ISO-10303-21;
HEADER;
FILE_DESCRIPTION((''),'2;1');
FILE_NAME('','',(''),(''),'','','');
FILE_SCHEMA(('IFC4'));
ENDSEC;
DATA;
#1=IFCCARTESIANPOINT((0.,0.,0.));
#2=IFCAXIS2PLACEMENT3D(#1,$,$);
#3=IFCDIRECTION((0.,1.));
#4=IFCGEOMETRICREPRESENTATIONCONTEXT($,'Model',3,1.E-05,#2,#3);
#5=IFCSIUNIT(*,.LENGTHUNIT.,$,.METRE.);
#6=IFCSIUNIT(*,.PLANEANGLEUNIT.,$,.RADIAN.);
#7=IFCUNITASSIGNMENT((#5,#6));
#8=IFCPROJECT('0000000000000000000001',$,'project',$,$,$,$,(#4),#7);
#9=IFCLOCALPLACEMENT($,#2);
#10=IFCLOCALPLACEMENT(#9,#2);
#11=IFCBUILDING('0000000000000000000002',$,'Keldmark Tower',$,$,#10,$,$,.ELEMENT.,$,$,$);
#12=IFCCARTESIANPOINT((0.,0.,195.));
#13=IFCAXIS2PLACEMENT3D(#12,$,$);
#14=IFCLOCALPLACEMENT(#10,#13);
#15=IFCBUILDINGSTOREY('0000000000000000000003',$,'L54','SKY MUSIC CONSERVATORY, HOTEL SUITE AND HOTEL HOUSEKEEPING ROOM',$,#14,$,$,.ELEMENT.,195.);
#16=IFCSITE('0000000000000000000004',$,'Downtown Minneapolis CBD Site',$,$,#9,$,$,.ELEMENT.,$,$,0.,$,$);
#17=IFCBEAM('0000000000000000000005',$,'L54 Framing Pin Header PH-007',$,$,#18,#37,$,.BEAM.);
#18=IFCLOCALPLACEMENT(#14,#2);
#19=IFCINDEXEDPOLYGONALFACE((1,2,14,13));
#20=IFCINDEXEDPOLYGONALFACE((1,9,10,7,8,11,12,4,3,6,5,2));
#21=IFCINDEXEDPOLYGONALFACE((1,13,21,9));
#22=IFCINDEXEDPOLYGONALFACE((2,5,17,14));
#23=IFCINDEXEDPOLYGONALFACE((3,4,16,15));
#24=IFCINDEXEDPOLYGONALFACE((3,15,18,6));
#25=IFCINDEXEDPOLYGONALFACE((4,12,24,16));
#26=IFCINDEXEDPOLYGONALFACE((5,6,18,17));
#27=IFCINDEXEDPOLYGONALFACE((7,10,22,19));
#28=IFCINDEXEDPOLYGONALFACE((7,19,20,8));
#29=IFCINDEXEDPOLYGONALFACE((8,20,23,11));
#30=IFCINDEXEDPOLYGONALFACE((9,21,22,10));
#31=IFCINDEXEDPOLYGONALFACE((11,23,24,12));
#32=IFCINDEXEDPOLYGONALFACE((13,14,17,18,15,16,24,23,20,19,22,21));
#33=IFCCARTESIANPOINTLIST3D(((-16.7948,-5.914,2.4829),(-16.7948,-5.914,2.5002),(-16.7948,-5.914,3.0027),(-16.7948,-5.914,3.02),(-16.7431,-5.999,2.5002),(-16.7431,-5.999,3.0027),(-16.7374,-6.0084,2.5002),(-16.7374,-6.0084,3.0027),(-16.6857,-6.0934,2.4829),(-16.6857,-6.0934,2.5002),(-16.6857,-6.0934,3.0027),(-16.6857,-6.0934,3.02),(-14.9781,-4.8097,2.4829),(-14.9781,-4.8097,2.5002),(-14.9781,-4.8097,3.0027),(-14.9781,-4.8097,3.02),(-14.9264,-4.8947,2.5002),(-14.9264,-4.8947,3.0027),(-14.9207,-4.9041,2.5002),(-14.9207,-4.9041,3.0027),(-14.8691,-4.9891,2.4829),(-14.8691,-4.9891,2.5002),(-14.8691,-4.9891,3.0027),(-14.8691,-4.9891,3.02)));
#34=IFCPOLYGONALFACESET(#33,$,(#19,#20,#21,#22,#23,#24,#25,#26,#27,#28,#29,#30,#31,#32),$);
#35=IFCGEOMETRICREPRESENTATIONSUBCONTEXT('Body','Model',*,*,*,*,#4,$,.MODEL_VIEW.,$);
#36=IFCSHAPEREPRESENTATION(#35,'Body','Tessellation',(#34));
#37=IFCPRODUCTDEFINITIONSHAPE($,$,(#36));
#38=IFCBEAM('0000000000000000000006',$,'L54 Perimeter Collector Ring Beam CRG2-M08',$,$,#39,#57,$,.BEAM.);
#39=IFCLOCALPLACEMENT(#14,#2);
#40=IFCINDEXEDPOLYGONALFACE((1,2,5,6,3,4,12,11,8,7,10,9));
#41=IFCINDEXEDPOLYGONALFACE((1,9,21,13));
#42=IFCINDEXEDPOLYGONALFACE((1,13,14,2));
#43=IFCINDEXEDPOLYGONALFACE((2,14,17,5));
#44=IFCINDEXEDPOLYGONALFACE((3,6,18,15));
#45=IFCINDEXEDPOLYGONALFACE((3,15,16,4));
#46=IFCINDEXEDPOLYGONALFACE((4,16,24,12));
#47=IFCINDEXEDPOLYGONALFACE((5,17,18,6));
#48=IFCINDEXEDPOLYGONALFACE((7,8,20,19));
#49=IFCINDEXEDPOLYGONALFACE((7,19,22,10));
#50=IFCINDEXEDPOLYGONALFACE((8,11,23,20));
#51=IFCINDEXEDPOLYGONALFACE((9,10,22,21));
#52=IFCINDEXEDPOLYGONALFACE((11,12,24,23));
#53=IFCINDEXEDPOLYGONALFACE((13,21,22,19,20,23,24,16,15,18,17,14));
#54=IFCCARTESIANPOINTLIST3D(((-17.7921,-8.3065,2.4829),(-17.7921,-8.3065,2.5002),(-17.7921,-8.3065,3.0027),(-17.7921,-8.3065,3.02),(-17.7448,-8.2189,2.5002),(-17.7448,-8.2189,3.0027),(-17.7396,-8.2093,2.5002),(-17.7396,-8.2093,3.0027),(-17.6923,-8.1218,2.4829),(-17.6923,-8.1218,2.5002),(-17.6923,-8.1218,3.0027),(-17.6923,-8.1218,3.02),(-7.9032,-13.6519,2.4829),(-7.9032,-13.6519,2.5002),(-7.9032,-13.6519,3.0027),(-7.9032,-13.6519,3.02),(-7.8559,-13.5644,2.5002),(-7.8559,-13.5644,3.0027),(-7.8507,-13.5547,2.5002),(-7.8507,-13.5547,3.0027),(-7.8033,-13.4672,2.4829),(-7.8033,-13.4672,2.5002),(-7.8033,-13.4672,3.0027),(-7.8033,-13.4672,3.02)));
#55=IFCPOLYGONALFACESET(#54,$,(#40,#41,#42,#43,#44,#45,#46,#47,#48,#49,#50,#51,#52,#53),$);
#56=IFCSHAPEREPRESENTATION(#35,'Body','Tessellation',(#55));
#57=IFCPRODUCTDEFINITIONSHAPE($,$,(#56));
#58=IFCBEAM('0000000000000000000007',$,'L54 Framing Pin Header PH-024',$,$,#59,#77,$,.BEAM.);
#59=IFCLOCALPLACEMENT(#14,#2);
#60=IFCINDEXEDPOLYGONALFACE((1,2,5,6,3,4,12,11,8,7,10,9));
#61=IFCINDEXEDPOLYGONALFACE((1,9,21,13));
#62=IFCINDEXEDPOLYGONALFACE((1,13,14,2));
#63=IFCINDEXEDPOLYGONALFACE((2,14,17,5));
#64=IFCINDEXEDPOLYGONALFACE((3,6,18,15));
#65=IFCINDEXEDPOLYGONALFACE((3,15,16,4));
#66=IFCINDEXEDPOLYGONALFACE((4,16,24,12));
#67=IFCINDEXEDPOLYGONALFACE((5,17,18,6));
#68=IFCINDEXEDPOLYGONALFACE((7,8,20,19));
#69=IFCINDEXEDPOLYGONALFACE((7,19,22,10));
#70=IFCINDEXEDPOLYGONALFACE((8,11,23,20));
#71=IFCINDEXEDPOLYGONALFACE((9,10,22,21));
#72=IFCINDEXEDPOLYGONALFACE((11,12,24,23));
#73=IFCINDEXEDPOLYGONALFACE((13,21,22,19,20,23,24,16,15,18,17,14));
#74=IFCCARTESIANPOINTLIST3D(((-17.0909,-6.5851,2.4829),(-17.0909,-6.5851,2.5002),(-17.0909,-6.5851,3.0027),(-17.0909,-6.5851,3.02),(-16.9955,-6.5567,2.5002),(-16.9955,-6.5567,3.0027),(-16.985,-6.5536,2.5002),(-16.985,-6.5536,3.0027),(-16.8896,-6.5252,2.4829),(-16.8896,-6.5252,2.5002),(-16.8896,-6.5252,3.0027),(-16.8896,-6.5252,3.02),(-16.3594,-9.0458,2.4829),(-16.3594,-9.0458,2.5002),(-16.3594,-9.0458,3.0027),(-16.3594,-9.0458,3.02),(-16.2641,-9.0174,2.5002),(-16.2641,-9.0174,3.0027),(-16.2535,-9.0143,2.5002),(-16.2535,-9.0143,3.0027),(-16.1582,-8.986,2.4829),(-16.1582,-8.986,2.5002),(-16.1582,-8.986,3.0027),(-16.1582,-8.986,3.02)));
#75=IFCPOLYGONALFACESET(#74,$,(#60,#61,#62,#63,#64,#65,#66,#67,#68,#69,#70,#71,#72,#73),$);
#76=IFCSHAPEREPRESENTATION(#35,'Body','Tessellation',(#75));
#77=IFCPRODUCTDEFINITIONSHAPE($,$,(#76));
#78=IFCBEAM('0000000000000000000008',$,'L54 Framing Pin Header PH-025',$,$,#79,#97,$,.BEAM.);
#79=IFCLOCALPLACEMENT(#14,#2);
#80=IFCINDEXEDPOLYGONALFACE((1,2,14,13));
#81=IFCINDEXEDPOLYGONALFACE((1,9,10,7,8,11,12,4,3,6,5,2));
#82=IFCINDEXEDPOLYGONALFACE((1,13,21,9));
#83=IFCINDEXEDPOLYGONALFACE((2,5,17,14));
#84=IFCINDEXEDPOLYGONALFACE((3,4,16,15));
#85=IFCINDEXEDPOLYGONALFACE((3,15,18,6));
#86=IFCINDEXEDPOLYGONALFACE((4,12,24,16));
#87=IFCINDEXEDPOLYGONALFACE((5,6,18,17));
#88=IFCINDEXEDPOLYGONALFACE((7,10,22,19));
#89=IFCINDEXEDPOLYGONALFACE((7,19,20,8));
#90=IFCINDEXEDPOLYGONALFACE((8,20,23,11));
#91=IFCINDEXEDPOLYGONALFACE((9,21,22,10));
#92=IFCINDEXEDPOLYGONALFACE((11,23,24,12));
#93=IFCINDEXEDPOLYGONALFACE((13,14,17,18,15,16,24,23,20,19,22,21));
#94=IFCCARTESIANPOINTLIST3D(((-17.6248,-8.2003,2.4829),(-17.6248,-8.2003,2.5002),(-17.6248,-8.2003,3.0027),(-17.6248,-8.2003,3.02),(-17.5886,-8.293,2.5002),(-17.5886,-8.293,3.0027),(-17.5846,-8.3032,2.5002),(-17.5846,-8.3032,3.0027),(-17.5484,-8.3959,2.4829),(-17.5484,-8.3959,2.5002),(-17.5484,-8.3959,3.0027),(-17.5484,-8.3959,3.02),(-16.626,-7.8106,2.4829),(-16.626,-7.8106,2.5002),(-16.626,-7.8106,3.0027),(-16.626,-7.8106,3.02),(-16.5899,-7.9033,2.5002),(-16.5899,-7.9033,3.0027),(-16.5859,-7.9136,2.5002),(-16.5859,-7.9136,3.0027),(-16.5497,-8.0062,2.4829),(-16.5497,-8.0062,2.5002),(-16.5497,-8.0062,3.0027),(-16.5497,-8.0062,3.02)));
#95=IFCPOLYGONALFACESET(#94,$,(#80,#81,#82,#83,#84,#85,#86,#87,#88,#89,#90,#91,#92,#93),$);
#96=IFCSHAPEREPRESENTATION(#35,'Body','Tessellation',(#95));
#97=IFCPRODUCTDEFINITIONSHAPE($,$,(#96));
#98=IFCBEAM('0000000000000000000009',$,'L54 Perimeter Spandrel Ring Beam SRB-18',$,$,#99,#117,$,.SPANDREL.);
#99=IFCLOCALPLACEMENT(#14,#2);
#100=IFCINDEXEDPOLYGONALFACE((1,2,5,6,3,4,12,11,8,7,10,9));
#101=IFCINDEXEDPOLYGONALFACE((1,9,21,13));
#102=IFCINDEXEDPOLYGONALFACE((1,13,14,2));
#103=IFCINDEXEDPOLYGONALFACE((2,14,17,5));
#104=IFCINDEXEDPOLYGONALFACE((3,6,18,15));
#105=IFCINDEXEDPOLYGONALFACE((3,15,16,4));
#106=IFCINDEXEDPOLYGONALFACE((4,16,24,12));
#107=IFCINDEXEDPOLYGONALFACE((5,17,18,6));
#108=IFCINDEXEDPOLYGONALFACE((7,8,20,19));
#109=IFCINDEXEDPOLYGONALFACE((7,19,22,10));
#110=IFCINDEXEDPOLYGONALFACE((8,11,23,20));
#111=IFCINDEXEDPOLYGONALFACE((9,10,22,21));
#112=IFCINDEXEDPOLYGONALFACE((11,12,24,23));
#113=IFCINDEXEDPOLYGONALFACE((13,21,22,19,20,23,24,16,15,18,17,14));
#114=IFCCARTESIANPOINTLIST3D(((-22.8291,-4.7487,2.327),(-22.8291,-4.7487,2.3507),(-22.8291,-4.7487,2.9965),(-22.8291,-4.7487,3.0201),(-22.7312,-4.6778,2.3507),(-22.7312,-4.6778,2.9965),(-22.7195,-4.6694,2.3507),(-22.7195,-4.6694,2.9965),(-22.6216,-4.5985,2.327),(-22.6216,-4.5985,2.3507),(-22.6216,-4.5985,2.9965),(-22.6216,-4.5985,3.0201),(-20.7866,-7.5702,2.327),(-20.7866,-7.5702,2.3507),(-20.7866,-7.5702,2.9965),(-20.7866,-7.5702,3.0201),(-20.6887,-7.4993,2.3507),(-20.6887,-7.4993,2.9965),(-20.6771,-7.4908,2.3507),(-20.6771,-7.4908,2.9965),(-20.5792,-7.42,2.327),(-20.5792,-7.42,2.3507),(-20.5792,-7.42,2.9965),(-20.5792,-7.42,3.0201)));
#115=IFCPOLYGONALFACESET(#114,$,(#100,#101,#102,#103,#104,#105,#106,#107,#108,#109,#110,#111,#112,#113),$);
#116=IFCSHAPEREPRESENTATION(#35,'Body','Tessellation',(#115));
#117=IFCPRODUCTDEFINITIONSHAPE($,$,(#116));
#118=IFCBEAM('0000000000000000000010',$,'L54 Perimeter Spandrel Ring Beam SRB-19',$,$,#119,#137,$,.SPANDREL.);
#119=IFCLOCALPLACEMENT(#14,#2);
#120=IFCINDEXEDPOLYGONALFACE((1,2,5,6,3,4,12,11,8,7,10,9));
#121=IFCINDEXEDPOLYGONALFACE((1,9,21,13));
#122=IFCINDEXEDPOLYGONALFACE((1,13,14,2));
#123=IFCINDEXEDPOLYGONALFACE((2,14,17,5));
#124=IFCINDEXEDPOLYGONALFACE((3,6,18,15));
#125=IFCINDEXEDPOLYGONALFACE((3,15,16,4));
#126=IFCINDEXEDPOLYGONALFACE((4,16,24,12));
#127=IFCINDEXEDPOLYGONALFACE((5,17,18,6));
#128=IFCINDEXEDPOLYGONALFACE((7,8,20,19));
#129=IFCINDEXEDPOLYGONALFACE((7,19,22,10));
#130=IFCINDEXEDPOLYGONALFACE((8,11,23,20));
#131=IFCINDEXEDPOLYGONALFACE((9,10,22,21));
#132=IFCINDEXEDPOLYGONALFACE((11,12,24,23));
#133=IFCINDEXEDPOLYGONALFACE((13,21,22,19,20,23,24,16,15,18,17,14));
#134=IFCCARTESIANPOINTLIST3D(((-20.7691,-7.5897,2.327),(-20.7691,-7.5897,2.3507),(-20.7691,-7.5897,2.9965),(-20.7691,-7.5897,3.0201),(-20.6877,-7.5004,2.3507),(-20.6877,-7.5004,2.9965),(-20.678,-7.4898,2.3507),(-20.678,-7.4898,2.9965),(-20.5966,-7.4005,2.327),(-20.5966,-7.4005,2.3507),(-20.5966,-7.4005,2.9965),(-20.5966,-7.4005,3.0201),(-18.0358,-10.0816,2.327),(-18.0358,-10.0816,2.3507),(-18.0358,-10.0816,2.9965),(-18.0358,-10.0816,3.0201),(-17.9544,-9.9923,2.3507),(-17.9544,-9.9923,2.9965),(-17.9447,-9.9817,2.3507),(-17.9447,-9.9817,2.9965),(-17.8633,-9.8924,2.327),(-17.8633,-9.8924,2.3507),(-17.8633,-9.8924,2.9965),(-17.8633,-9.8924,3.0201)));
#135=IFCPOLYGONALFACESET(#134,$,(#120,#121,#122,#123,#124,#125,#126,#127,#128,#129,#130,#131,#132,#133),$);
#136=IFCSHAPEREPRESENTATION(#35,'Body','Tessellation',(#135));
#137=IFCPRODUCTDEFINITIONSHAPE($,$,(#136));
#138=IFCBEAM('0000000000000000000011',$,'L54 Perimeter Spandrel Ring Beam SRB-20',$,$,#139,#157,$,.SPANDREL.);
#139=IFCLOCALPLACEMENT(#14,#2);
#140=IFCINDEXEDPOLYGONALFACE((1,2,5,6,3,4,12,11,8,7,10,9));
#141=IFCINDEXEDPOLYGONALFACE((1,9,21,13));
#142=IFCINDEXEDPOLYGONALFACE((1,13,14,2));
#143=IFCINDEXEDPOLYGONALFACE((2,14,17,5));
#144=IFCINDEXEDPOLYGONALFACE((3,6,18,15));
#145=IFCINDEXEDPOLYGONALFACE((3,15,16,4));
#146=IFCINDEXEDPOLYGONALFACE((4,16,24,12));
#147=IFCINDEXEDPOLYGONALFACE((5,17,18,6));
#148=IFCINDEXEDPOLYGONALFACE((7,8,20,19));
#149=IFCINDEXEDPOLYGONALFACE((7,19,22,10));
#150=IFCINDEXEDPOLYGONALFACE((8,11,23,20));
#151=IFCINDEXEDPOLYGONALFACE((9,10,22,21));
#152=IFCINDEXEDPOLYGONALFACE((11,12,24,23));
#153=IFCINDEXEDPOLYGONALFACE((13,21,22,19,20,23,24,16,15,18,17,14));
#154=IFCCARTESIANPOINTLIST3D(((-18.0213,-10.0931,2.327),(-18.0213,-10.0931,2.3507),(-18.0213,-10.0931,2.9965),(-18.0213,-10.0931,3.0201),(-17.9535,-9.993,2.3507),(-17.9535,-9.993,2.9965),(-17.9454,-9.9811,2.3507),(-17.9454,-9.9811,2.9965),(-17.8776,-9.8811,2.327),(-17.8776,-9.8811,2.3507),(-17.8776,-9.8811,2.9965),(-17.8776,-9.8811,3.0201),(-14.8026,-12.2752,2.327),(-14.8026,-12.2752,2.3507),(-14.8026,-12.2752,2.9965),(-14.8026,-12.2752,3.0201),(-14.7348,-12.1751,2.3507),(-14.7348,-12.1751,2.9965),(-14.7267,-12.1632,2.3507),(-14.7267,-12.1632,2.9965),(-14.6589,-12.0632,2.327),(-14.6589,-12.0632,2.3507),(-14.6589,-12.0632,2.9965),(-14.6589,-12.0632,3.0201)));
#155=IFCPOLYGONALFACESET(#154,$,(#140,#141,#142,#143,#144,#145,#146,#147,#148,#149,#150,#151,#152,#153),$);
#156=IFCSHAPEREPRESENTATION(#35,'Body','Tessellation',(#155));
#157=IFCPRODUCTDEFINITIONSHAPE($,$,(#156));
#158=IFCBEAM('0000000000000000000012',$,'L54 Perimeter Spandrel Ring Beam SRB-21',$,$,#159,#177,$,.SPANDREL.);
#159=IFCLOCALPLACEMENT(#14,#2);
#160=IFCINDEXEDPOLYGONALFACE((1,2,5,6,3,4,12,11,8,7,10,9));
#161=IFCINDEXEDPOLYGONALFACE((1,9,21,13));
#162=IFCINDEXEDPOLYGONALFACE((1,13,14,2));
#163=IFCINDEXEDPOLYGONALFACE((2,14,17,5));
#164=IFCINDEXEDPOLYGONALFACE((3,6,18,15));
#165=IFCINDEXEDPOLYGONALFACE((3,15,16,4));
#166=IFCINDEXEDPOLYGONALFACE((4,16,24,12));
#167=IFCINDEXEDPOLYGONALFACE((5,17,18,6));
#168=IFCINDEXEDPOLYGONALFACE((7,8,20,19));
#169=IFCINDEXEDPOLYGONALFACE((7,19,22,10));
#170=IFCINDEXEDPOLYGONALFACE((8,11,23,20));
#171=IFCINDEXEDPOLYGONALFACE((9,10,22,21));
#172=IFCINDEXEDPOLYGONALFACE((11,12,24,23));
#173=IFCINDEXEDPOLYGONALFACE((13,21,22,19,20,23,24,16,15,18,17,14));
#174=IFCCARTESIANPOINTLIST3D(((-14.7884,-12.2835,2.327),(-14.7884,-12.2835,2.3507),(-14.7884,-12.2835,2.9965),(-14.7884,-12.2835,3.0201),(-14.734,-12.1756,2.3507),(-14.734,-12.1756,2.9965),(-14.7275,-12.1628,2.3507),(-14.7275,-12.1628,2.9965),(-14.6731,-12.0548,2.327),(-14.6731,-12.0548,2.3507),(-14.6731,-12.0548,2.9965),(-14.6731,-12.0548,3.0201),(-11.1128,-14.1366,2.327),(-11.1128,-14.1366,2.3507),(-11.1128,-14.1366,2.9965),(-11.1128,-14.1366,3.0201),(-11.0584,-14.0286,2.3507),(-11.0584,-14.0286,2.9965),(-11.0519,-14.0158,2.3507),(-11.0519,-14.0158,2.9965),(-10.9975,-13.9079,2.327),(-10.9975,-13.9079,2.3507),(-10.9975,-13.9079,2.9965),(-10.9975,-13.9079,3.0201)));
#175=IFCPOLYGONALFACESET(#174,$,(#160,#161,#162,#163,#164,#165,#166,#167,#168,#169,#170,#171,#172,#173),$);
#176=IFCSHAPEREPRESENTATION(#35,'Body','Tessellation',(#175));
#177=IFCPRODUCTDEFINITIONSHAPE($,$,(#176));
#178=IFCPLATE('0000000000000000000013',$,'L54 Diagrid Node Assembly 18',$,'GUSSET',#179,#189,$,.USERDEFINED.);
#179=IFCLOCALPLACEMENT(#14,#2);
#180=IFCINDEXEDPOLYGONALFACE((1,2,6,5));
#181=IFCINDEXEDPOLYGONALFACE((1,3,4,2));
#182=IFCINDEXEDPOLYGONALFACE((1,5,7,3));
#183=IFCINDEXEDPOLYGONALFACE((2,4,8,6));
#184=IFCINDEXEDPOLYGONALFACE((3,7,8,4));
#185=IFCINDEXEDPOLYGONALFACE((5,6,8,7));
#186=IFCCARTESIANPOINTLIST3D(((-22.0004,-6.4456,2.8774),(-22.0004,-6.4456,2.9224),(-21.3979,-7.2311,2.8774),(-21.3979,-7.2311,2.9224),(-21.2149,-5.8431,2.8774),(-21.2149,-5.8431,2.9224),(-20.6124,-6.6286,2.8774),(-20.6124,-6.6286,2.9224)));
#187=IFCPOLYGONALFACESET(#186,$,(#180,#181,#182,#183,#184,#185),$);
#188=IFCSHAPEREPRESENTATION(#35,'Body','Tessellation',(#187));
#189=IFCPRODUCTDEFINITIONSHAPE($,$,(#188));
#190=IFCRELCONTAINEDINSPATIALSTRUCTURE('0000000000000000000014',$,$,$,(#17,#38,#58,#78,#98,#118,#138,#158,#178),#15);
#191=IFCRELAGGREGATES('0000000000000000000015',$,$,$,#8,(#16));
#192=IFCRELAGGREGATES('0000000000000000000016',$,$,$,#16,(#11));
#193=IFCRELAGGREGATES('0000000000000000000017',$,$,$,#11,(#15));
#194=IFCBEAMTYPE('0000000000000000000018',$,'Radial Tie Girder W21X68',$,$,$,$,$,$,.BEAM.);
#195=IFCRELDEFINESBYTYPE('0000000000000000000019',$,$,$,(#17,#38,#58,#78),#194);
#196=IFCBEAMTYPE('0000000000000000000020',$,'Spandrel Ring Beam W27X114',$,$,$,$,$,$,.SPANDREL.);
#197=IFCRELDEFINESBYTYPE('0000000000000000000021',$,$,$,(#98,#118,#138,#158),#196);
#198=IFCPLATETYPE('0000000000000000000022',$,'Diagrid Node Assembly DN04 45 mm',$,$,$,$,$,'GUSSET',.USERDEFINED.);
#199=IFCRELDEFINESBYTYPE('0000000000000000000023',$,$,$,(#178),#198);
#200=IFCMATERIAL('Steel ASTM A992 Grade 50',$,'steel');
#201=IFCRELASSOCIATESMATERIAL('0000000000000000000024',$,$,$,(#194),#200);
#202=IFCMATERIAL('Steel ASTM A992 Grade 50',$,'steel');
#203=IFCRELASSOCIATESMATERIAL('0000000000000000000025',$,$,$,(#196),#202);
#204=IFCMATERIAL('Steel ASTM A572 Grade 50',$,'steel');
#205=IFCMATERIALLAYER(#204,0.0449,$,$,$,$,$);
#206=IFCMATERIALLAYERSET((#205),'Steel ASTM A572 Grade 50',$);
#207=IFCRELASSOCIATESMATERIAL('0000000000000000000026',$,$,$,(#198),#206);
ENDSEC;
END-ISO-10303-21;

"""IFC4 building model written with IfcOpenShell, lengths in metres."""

from ifc_helpers import new_model, si_unit, direction, frame, origin, origin_2d, place, context, subcontext, project, spatial, rectangle, i_section, extrude, material, layer, layer_set, material_profile, profile_set, type_object, element, save


model = new_model("IFC4")

# Units and contexts
model_context = context("Model", 3, precision=1e-05, world=origin(), true_north=direction((0.0, 1.0)))
body_context = subcontext(model_context, "Body", "Model", "MODEL_VIEW")
ifc_project = project(units=[si_unit("LENGTHUNIT", "METRE"), si_unit("PLANEANGLEUNIT", "RADIAN")], contexts=[model_context])

# Site, building, storey
site_placement = place(None, origin())
site = spatial("IfcSite", under=ifc_project, at=site_placement, Name="Downtown Minneapolis CBD Site", CompositionType="ELEMENT", RefElevation=0.0)
building_placement = place(site_placement, origin())
building = spatial("IfcBuilding", under=site, at=building_placement, Name="Keldmark Tower", CompositionType="ELEMENT")
storey_placement = place(building_placement, frame((0.0, 0.0, 195.0)))
storey = spatial("IfcBuildingStorey", under=building, at=storey_placement, Name="L54", Description="SKY MUSIC CONSERVATORY, HOTEL SUITE AND HOTEL HOUSEKEEPING ROOM", CompositionType="ELEMENT", Elevation=195.0)

# Beams
ifc_material_1 = material(Name="Steel ASTM A992 Grade 50", Category="steel")
ifc_material_profile_1 = material_profile(ifc_material_1, i_section(OverallWidth=0.21, OverallDepth=0.5371, WebThickness=0.011, FlangeThickness=0.0173, at=origin_2d()), Name="W21X68")
ifc_profile_set_1 = profile_set([ifc_material_profile_1], Name="Steel ASTM A992 Grade 50")
beam_type_1 = type_object("IfcBeamType", Name="Radial Tie Girder W21X68", PredefinedType="BEAM", material=ifc_profile_set_1)
beam_1_placement = place(storey_placement, frame((-14.9236, -4.8994, 2.7515), z_axis=(-0.85452, -0.519419, 0.0), x_axis=(0.519419, -0.85452, 0.0)))
element("IfcBeam", 1, at=beam_1_placement, inside=storey, type_object=beam_type_1, Name="L54 Framing Pin Header PH-007", PredefinedType="BEAM", context=body_context, shape_type="SweptSolid", body=[
    extrude(i_section(OverallWidth=0.21, OverallDepth=0.5371, WebThickness=0.011, FlangeThickness=0.0173, at=origin_2d()), origin(), (0.0, 0.0, 1.0), 2.126),
])
beam_2_placement = place(storey_placement, frame((-17.7422, -8.2141, 2.7515), z_axis=(0.879703, -0.475524, 0.0), x_axis=(0.475524, 0.879703, 0.0)))
element("IfcBeam", 2, at=beam_2_placement, inside=storey, type_object=beam_type_1, Name="L54 Perimeter Collector Ring Beam CRG2-M08", PredefinedType="BEAM", context=body_context, shape_type="SweptSolid", body=[
    extrude(i_section(OverallWidth=0.21, OverallDepth=0.5371, WebThickness=0.011, FlangeThickness=0.0173, at=origin_2d()), origin(), (0.0, 0.0, 1.0), 11.2412),
])
beam_3_placement = place(storey_placement, frame((-16.2588, -9.0159, 2.7515), z_axis=(-0.28493, 0.958548, 0.0), x_axis=(-0.958548, -0.28493, 0.0)))
element("IfcBeam", 3, at=beam_3_placement, inside=storey, type_object=beam_type_1, Name="L54 Framing Pin Header PH-024", PredefinedType="BEAM", context=body_context, shape_type="SweptSolid", body=[
    extrude(i_section(OverallWidth=0.21, OverallDepth=0.5371, WebThickness=0.011, FlangeThickness=0.0173, at=origin_2d()), origin(), (0.0, 0.0, 1.0), 2.5671),
])
beam_4_placement = place(storey_placement, frame((-16.5879, -7.9084, 2.7515), z_axis=(-0.931615, -0.363446, 0.0), x_axis=(0.363446, -0.931615, 0.0)))
element("IfcBeam", 4, at=beam_4_placement, inside=storey, type_object=beam_type_1, Name="L54 Framing Pin Header PH-025", PredefinedType="BEAM", context=body_context, shape_type="SweptSolid", body=[
    extrude(i_section(OverallWidth=0.21, OverallDepth=0.5371, WebThickness=0.011, FlangeThickness=0.0173, at=origin_2d()), origin(), (0.0, 0.0, 1.0), 1.072),
])
ifc_material_2 = material(Name="Steel ASTM A992 Grade 50", Category="steel")
ifc_material_profile_2 = material_profile(ifc_material_2, i_section(OverallWidth=0.2561, OverallDepth=0.6931, WebThickness=0.0144, FlangeThickness=0.0237, at=origin_2d()), Name="W27X114")
ifc_profile_set_2 = profile_set([ifc_material_profile_2], Name="Steel ASTM A992 Grade 50")
beam_type_2 = type_object("IfcBeamType", Name="Spandrel Ring Beam W27X114", PredefinedType="SPANDREL", material=ifc_profile_set_2)
beam_5_placement = place(storey_placement, frame((-22.7253, -4.6736, 2.6736), z_axis=(0.586378, -0.810037, 0.0), x_axis=(0.810037, 0.586378, 0.0)))
element("IfcBeam", 5, at=beam_5_placement, inside=storey, type_object=beam_type_2, Name="L54 Perimeter Spandrel Ring Beam SRB-18", PredefinedType="SPANDREL", context=body_context, shape_type="SweptSolid", body=[
    extrude(i_section(OverallWidth=0.2561, OverallDepth=0.6931, WebThickness=0.0144, FlangeThickness=0.0237, at=origin_2d()), origin(), (0.0, 0.0, 1.0), 3.4832),
])
beam_6_placement = place(storey_placement, frame((-20.6829, -7.4951, 2.6736), z_axis=(0.738993, -0.673714, 0.0), x_axis=(0.673714, 0.738993, 0.0)))
element("IfcBeam", 6, at=beam_6_placement, inside=storey, type_object=beam_type_2, Name="L54 Perimeter Spandrel Ring Beam SRB-19", PredefinedType="SPANDREL", context=body_context, shape_type="SweptSolid", body=[
    extrude(i_section(OverallWidth=0.2561, OverallDepth=0.6931, WebThickness=0.0144, FlangeThickness=0.0237, at=origin_2d()), origin(), (0.0, 0.0, 1.0), 3.6987),
])
beam_7_placement = place(storey_placement, frame((-17.9495, -9.9871, 2.6736), z_axis=(0.827717, -0.561145, 0.0), x_axis=(0.561145, 0.827717, 0.0)))
element("IfcBeam", 7, at=beam_7_placement, inside=storey, type_object=beam_type_2, Name="L54 Perimeter Spandrel Ring Beam SRB-20", PredefinedType="SPANDREL", context=body_context, shape_type="SweptSolid", body=[
    extrude(i_section(OverallWidth=0.2561, OverallDepth=0.6931, WebThickness=0.0144, FlangeThickness=0.0237, at=origin_2d()), origin(), (0.0, 0.0, 1.0), 3.8887),
])
beam_8_placement = place(storey_placement, frame((-14.7307, -12.1692, 2.6736), z_axis=(0.892939, -0.450177, 0.0), x_axis=(0.450177, 0.892939, 0.0)))
element("IfcBeam", 8, at=beam_8_placement, inside=storey, type_object=beam_type_2, Name="L54 Perimeter Spandrel Ring Beam SRB-21", PredefinedType="SPANDREL", context=body_context, shape_type="SweptSolid", body=[
    extrude(i_section(OverallWidth=0.2561, OverallDepth=0.6931, WebThickness=0.0144, FlangeThickness=0.0237, at=origin_2d()), origin(), (0.0, 0.0, 1.0), 4.1162),
])

# Plate
ifc_material_3 = material(Name="Steel ASTM A572 Grade 50", Category="steel")
ifc_layer_1 = layer(ifc_material_3, 0.0449)
ifc_layer_set_1 = layer_set([ifc_layer_1], Name="Steel ASTM A572 Grade 50")
plate_type_1 = type_object("IfcPlateType", Name="Diagrid Node Assembly DN04 45 mm", ElementType="GUSSET", PredefinedType="USERDEFINED", material=ifc_layer_set_1)
for number, where, z_axis, x_axis, name in (
    (9, (-21.3064, -6.5371, 2.8774), (0.0, 0.0, 1.0), (0.608623, -0.79346, 0.0), "L54 Diagrid Node Assembly 18"),
):
    element("IfcPlate", number, at=place(storey_placement, frame(where, z_axis=z_axis, x_axis=x_axis)), inside=storey, type_object=plate_type_1, Name=name, ObjectType="GUSSET", PredefinedType="USERDEFINED", context=body_context, shape_type="SweptSolid", body=[
        extrude(rectangle(XDim=0.99, YDim=0.99, at=origin_2d()), origin(), (0.0, 0.0, 1.0), 0.0449),
    ])

save(model, "model.ifc")
